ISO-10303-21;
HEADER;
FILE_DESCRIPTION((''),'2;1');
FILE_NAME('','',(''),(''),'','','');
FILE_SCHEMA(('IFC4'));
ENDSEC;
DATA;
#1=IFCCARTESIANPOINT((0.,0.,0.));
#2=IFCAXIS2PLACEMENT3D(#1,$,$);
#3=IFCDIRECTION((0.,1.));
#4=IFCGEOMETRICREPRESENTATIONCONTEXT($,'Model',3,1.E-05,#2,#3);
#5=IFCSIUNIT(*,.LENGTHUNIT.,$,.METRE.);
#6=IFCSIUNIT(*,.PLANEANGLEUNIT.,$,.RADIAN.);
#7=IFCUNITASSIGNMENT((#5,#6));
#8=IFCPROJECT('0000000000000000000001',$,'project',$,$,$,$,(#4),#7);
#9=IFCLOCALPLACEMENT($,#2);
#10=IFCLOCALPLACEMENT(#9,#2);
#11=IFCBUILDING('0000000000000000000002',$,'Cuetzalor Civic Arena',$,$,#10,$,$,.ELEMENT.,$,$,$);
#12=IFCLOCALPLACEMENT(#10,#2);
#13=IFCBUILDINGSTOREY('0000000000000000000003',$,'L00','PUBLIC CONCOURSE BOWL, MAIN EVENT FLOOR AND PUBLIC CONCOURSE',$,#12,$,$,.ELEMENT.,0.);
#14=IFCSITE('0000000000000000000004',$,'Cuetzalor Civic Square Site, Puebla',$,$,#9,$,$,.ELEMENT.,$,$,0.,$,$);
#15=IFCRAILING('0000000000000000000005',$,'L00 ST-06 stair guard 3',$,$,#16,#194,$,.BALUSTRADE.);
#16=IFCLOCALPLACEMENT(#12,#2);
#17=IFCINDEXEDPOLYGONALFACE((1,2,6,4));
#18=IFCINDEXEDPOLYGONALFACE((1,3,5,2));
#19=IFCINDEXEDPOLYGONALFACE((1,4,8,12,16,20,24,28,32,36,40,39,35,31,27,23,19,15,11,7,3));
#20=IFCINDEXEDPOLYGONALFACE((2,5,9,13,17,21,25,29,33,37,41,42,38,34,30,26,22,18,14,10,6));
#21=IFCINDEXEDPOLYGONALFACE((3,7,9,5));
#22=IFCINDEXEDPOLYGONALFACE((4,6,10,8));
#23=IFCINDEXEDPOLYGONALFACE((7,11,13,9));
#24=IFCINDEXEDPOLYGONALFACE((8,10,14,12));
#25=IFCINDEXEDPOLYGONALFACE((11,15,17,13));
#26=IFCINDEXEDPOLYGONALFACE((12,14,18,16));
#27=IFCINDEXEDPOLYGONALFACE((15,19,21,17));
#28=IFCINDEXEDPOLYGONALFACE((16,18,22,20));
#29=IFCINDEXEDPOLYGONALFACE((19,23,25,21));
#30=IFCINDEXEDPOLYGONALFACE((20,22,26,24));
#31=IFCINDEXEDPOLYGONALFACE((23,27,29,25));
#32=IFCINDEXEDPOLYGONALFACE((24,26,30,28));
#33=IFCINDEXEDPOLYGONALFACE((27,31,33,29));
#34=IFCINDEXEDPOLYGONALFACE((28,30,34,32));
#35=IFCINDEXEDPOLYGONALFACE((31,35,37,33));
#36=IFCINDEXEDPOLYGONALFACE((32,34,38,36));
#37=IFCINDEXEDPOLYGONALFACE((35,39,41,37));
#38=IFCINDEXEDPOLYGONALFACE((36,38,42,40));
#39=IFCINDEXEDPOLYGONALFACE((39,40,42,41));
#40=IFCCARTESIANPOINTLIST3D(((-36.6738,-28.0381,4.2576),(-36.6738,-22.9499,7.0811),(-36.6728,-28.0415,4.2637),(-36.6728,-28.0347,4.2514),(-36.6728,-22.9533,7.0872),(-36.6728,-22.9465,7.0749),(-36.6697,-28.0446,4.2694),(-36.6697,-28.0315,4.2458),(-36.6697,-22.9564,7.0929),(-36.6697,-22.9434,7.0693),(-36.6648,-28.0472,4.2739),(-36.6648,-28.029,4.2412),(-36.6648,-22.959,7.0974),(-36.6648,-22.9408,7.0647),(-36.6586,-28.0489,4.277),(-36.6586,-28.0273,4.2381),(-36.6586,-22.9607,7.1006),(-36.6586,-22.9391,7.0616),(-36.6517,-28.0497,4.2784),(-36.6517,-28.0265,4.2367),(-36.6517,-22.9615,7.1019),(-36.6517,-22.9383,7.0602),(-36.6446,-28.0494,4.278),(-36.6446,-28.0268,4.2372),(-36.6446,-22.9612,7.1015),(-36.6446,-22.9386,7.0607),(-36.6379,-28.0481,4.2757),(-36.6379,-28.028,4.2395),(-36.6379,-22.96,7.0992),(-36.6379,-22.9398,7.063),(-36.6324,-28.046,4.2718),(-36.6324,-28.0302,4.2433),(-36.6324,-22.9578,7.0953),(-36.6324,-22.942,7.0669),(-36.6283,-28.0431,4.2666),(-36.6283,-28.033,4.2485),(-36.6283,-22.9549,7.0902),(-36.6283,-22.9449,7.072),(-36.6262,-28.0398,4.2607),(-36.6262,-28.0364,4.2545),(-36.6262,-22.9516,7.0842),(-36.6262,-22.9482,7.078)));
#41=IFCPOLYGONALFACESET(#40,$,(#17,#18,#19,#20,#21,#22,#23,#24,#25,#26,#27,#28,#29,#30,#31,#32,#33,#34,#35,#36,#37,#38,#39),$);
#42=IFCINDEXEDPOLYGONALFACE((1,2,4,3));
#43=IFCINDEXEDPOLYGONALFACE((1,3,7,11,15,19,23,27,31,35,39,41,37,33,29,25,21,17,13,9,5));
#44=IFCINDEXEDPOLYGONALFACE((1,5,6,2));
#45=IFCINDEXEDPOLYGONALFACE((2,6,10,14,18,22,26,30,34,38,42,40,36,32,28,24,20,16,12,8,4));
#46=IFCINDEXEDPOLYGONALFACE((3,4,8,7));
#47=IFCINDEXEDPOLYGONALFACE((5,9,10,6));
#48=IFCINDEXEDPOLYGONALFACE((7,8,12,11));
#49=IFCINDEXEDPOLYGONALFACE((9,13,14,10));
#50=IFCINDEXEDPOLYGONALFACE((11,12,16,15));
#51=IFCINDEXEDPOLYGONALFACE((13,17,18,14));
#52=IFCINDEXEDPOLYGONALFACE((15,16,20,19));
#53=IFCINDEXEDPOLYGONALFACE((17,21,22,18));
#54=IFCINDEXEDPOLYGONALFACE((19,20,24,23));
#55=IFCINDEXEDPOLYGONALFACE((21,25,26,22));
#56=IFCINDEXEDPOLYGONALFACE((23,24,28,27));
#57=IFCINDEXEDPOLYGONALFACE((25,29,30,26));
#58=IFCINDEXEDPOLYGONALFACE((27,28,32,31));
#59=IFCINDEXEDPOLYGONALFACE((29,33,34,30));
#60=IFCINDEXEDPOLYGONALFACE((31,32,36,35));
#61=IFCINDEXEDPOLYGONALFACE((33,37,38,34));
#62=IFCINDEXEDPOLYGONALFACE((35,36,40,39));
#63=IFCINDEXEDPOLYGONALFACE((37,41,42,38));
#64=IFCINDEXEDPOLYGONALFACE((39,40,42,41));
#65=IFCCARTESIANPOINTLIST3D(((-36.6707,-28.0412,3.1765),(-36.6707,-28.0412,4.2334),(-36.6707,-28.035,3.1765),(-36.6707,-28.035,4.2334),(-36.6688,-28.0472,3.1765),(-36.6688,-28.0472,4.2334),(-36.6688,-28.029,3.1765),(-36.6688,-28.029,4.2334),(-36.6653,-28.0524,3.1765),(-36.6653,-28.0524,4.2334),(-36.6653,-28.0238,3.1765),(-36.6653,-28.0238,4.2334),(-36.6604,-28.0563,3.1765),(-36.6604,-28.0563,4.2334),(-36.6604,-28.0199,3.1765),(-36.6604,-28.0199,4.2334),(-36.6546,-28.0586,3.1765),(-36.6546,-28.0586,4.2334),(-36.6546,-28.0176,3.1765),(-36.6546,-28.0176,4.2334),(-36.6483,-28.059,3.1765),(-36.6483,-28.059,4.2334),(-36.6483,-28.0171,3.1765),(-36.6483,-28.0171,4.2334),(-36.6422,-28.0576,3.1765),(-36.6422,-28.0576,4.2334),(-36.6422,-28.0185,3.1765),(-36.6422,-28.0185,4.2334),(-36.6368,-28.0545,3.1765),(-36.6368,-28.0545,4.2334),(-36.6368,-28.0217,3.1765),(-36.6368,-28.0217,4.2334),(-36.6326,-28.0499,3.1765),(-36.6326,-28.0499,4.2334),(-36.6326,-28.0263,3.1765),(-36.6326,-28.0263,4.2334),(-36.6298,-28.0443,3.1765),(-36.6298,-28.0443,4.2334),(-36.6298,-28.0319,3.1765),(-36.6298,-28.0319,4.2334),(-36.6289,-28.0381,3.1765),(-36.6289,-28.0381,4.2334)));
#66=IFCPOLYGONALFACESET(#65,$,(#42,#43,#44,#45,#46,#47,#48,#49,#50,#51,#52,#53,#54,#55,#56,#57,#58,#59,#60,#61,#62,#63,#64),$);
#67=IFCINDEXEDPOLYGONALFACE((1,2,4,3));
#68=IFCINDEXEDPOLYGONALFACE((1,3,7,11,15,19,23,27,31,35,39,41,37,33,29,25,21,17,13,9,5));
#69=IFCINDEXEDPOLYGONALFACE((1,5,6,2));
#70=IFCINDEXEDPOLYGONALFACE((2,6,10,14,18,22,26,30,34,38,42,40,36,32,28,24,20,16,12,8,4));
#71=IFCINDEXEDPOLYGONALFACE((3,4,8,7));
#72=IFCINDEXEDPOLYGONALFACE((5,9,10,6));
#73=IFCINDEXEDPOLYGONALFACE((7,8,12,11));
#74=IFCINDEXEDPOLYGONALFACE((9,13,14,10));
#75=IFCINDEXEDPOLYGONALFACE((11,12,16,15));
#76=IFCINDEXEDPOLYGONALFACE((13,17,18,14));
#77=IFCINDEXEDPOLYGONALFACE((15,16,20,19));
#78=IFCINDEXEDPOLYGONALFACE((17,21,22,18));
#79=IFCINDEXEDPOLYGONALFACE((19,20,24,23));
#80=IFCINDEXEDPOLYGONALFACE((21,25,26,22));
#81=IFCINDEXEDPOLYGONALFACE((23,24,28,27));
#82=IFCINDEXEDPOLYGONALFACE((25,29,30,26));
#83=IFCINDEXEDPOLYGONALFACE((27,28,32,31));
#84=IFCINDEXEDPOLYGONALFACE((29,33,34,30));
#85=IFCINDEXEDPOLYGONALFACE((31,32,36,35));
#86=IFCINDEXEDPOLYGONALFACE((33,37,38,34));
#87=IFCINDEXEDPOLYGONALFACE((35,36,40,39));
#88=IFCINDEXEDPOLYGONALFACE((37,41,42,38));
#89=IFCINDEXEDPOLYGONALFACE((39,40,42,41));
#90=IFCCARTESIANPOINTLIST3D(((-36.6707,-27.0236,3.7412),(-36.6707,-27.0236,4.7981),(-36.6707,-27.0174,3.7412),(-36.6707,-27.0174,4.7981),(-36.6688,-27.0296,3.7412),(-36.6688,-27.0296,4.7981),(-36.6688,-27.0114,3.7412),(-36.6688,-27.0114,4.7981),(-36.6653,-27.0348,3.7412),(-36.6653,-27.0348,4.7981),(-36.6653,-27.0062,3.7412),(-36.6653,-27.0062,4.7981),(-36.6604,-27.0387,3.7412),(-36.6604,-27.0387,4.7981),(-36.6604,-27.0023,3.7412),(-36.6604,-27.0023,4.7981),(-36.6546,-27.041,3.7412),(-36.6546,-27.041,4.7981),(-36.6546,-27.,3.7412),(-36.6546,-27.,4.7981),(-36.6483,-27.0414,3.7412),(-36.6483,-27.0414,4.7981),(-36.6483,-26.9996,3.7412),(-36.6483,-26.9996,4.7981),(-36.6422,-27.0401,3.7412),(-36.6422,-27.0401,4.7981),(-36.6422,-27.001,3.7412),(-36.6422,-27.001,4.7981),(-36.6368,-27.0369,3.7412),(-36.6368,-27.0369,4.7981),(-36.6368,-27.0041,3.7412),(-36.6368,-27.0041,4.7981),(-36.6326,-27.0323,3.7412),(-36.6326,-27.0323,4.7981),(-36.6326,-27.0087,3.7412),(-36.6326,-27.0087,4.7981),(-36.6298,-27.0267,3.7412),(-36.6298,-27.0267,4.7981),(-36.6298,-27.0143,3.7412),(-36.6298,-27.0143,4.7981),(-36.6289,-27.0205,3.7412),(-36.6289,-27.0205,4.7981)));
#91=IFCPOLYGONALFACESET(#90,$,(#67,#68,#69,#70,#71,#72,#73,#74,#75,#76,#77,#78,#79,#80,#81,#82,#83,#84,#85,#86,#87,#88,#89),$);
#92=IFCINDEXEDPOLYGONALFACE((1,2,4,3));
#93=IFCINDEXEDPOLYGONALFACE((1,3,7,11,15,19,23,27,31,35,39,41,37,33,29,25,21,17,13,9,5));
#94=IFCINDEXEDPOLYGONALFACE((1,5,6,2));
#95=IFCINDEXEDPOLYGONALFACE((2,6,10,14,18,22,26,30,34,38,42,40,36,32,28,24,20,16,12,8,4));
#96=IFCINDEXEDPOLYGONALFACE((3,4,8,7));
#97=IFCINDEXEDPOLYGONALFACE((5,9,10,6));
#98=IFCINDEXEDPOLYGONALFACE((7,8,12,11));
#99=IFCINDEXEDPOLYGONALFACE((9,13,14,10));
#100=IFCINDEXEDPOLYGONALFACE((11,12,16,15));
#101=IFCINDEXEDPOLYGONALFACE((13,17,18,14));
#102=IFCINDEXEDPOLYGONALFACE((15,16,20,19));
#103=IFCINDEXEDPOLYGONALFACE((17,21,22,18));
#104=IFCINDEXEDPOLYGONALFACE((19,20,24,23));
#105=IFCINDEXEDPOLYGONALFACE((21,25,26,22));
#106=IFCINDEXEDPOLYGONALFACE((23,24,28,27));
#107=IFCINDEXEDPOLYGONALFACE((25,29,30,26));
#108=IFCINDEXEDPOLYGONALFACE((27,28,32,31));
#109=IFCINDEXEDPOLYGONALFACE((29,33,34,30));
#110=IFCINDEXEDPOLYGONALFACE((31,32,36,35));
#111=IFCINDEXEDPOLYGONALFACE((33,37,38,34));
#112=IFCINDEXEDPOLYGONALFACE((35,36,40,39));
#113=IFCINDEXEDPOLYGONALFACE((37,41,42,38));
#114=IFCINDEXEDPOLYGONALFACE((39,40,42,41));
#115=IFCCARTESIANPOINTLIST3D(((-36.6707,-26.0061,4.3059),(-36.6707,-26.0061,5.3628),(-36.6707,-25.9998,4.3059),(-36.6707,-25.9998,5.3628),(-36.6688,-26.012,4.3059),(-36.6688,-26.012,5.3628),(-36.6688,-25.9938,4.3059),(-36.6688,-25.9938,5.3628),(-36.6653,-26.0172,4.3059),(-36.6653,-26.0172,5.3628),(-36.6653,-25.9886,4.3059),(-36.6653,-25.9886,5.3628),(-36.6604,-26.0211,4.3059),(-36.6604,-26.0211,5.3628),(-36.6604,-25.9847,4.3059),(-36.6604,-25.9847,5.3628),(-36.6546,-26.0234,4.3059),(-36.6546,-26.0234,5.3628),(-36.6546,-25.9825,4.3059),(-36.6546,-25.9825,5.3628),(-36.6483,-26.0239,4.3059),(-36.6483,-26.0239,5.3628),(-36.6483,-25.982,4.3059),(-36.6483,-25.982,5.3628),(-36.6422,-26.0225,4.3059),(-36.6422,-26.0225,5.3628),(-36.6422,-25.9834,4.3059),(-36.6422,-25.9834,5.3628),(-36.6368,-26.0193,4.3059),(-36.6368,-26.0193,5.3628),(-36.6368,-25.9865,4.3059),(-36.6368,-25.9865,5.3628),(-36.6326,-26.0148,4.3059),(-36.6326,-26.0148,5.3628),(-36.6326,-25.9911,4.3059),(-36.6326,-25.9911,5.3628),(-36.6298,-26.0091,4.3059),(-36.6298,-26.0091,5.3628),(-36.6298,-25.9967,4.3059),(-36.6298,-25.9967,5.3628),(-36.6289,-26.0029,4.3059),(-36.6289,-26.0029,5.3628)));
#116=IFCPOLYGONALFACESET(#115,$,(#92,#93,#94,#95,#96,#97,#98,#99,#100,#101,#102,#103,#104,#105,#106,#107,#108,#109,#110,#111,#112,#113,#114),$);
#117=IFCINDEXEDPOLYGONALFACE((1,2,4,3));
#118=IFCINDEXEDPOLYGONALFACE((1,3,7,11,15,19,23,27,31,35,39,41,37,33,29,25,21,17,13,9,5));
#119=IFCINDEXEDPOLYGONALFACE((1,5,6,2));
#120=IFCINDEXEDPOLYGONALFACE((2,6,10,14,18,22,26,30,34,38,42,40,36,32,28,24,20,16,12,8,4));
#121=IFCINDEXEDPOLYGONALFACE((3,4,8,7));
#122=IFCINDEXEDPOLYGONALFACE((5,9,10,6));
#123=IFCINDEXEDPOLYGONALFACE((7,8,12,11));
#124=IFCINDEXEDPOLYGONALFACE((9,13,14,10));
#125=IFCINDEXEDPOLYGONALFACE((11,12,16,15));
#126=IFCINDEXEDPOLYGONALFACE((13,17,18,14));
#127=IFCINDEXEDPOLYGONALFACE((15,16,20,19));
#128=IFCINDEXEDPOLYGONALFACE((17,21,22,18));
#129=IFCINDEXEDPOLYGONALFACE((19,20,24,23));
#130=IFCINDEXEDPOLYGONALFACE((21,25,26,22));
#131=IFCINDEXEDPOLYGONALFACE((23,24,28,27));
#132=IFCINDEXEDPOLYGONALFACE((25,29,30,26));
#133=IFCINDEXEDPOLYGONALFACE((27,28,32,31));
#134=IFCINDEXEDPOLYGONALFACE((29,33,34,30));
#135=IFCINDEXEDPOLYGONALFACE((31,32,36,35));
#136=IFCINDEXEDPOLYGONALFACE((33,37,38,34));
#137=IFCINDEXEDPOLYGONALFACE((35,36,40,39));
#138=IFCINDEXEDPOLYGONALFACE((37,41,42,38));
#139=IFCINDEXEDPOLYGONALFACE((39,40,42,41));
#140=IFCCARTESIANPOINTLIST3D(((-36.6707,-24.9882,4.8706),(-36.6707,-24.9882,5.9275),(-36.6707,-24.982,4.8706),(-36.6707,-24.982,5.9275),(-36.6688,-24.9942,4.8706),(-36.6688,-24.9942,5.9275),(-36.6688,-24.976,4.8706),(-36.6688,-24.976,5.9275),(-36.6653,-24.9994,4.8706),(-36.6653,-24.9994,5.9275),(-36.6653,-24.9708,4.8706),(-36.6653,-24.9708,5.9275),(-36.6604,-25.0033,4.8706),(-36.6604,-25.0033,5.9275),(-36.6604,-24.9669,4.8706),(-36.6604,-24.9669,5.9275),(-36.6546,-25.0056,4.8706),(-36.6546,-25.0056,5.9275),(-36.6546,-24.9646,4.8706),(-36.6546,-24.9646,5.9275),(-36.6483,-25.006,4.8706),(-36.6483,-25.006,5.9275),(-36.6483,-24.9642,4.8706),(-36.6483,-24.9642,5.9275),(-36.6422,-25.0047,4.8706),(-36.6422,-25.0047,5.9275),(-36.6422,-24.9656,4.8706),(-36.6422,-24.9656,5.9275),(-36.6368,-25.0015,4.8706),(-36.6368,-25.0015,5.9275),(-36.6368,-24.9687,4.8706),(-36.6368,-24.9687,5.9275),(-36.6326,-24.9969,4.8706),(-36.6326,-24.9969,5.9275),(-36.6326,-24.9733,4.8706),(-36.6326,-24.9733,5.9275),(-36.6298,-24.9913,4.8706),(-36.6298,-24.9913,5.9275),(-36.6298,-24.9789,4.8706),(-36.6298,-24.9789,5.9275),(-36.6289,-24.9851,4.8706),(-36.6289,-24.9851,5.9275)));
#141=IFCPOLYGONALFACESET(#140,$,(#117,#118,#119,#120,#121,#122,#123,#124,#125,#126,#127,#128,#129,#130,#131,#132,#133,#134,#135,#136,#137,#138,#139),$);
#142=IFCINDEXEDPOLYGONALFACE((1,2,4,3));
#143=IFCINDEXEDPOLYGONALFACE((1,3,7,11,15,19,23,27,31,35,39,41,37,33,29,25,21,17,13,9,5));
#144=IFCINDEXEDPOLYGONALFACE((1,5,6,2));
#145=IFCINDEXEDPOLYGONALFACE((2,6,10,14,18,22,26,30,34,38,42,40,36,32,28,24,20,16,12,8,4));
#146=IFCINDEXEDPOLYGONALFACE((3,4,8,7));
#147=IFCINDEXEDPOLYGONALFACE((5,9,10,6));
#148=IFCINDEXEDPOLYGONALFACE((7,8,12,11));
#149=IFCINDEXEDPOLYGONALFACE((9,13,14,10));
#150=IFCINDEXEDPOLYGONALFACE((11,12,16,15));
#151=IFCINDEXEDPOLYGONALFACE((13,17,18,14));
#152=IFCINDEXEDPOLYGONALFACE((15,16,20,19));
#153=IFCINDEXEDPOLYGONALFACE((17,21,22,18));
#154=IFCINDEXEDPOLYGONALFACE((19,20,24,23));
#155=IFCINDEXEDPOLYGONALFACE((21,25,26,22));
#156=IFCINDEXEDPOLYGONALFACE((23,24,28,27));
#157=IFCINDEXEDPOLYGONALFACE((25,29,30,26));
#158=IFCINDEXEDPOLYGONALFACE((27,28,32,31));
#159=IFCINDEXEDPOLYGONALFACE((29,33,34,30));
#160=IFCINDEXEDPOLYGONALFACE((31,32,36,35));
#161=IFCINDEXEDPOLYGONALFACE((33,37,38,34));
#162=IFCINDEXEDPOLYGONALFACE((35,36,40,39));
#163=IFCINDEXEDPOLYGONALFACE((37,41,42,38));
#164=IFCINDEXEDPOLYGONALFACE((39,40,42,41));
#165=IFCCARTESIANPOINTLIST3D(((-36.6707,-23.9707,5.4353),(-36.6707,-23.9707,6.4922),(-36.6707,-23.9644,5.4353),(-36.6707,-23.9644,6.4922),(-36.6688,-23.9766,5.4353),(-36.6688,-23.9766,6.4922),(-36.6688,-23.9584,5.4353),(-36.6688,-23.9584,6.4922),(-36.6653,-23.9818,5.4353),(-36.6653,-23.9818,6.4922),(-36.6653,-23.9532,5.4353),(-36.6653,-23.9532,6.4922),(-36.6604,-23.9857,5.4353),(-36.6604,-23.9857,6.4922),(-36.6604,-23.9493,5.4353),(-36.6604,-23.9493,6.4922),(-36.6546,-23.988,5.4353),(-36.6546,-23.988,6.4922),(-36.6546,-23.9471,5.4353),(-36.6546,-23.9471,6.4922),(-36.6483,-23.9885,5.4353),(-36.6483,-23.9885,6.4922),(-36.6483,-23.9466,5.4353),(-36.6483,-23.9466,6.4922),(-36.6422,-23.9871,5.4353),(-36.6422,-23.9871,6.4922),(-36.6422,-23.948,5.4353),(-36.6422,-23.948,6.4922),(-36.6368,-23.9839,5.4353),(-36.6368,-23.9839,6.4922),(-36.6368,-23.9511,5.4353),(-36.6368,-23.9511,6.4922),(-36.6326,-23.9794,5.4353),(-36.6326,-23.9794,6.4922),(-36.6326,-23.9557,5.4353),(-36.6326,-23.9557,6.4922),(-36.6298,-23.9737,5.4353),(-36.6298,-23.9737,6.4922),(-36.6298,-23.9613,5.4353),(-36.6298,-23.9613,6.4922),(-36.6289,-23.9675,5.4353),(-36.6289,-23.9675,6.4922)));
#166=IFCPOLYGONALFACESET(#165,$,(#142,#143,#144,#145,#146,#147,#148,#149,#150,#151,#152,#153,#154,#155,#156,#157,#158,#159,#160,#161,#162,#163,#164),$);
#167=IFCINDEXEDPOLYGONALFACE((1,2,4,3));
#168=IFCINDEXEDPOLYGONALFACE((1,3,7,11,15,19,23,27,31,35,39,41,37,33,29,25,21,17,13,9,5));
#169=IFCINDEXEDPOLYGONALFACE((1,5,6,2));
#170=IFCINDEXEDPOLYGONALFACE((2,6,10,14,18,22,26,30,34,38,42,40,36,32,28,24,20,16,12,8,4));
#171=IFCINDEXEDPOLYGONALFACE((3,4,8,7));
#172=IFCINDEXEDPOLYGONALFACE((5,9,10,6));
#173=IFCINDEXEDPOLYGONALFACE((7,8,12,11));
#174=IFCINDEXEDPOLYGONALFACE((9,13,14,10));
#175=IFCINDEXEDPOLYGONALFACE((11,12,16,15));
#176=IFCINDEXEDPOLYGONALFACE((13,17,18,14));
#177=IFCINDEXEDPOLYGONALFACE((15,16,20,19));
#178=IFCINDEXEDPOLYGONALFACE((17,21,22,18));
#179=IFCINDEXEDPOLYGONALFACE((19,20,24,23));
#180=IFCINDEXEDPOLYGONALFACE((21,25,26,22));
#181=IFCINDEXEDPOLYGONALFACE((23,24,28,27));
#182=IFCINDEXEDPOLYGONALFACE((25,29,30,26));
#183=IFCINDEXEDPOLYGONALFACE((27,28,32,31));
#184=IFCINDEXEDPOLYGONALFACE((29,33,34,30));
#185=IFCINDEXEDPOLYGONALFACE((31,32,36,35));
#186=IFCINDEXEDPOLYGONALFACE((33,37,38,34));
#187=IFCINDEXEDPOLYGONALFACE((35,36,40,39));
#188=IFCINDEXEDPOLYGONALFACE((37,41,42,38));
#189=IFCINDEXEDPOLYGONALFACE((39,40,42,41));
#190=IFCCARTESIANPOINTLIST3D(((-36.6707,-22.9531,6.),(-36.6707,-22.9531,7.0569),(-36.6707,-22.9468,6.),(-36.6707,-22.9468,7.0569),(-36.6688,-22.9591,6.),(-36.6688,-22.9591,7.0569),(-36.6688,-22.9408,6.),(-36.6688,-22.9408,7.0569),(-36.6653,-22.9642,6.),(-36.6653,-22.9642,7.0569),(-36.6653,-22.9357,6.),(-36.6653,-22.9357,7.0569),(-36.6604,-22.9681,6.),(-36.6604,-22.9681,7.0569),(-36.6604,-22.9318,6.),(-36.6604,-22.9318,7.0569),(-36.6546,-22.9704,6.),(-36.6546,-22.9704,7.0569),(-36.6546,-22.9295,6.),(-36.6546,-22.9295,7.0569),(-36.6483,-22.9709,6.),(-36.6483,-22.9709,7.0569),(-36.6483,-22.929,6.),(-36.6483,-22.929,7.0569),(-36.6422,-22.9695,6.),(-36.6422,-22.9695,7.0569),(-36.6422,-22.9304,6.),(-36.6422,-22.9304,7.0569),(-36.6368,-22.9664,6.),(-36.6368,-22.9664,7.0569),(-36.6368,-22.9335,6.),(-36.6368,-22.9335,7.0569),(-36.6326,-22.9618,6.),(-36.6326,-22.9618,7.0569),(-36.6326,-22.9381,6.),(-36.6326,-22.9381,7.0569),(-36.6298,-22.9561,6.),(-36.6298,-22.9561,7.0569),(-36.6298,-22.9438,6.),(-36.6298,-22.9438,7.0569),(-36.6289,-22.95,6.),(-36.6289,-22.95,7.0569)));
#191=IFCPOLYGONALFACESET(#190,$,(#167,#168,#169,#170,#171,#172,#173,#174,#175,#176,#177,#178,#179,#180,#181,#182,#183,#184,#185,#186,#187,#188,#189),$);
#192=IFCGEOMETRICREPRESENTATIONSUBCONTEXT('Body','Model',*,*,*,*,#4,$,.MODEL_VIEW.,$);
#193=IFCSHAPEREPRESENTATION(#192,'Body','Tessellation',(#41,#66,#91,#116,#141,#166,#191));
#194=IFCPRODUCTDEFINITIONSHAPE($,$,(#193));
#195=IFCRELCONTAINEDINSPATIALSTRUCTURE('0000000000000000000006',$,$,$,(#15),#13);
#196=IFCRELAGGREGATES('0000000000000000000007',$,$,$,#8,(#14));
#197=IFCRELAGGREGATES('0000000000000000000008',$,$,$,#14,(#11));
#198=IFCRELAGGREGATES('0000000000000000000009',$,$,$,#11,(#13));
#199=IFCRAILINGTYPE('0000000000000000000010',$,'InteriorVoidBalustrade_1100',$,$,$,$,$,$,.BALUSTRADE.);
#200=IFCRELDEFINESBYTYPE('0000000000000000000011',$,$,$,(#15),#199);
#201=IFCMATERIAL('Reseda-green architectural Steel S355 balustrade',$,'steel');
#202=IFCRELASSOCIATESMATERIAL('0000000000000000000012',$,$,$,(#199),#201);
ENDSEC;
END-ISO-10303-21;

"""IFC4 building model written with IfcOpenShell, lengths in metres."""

from ifc_helpers import new_model, si_unit, direction, frame, origin, origin_2d, place, context, subcontext, project, spatial, circle, extrude, material, type_object, element, save


model = new_model("IFC4")

# Units and contexts
model_context = context("Model", 3, precision=1e-05, world=origin(), true_north=direction((0.0, 1.0)))
body_context = subcontext(model_context, "Body", "Model", "MODEL_VIEW")
ifc_project = project(units=[si_unit("LENGTHUNIT", "METRE"), si_unit("PLANEANGLEUNIT", "RADIAN")], contexts=[model_context])

# Site, building, storey
site_placement = place(None, origin())
site = spatial("IfcSite", under=ifc_project, at=site_placement, Name="Cuetzalor Civic Square Site, Puebla", CompositionType="ELEMENT", RefElevation=0.0)
building_placement = place(site_placement, origin())
building = spatial("IfcBuilding", under=site, at=building_placement, Name="Cuetzalor Civic Arena", CompositionType="ELEMENT")
storey_placement = place(building_placement, origin())
storey = spatial("IfcBuildingStorey", under=building, at=storey_placement, Name="L00", Description="PUBLIC CONCOURSE BOWL, MAIN EVENT FLOOR AND PUBLIC CONCOURSE", CompositionType="ELEMENT", Elevation=0.0)

# Railing
ifc_material_1 = material(Name="Reseda-green architectural Steel S355 balustrade", Category="steel")
railing_type_1 = type_object("IfcRailingType", Name="InteriorVoidBalustrade_1100", PredefinedType="BALUSTRADE", material=ifc_material_1)
railing_1_placement = place(storey_placement, frame((-36.6499, -28.0381, 3.1765)))
element("IfcRailing", 1, at=railing_1_placement, inside=storey, type_object=railing_type_1, Name="L00 ST-06 stair guard 3", PredefinedType="BALUSTRADE", context=body_context, shape_type="SweptSolid", body=[
    extrude(circle(Radius=0.0239, at=origin_2d()), frame((0.0, 0.0, 1.0811), z_axis=(0.0, 0.874395, 0.485215), x_axis=(-1.0, 0.0, 0.0)), (0.0, 0.0, 1.0), 5.8191),
    extrude(circle(Radius=0.021, at=origin_2d()), origin(), (0.0, 0.0, 1.0), 1.0569),
    extrude(circle(Radius=0.021, at=origin_2d()), frame((0.0, 1.0176, 0.5647)), (0.0, 0.0, 1.0), 1.0569),
    extrude(circle(Radius=0.021, at=origin_2d()), frame((0.0, 2.0352, 1.1294)), (0.0, 0.0, 1.0), 1.0569),
    extrude(circle(Radius=0.021, at=origin_2d()), frame((0.0, 3.053, 1.6941)), (0.0, 0.0, 1.0), 1.0569),
    extrude(circle(Radius=0.021, at=origin_2d()), frame((0.0, 4.0706, 2.2588)), (0.0, 0.0, 1.0), 1.0569),
    extrude(circle(Radius=0.021, at=origin_2d()), frame((0.0, 5.0881, 2.8235)), (0.0, 0.0, 1.0), 1.0569),
])

save(model, "model.ifc")
